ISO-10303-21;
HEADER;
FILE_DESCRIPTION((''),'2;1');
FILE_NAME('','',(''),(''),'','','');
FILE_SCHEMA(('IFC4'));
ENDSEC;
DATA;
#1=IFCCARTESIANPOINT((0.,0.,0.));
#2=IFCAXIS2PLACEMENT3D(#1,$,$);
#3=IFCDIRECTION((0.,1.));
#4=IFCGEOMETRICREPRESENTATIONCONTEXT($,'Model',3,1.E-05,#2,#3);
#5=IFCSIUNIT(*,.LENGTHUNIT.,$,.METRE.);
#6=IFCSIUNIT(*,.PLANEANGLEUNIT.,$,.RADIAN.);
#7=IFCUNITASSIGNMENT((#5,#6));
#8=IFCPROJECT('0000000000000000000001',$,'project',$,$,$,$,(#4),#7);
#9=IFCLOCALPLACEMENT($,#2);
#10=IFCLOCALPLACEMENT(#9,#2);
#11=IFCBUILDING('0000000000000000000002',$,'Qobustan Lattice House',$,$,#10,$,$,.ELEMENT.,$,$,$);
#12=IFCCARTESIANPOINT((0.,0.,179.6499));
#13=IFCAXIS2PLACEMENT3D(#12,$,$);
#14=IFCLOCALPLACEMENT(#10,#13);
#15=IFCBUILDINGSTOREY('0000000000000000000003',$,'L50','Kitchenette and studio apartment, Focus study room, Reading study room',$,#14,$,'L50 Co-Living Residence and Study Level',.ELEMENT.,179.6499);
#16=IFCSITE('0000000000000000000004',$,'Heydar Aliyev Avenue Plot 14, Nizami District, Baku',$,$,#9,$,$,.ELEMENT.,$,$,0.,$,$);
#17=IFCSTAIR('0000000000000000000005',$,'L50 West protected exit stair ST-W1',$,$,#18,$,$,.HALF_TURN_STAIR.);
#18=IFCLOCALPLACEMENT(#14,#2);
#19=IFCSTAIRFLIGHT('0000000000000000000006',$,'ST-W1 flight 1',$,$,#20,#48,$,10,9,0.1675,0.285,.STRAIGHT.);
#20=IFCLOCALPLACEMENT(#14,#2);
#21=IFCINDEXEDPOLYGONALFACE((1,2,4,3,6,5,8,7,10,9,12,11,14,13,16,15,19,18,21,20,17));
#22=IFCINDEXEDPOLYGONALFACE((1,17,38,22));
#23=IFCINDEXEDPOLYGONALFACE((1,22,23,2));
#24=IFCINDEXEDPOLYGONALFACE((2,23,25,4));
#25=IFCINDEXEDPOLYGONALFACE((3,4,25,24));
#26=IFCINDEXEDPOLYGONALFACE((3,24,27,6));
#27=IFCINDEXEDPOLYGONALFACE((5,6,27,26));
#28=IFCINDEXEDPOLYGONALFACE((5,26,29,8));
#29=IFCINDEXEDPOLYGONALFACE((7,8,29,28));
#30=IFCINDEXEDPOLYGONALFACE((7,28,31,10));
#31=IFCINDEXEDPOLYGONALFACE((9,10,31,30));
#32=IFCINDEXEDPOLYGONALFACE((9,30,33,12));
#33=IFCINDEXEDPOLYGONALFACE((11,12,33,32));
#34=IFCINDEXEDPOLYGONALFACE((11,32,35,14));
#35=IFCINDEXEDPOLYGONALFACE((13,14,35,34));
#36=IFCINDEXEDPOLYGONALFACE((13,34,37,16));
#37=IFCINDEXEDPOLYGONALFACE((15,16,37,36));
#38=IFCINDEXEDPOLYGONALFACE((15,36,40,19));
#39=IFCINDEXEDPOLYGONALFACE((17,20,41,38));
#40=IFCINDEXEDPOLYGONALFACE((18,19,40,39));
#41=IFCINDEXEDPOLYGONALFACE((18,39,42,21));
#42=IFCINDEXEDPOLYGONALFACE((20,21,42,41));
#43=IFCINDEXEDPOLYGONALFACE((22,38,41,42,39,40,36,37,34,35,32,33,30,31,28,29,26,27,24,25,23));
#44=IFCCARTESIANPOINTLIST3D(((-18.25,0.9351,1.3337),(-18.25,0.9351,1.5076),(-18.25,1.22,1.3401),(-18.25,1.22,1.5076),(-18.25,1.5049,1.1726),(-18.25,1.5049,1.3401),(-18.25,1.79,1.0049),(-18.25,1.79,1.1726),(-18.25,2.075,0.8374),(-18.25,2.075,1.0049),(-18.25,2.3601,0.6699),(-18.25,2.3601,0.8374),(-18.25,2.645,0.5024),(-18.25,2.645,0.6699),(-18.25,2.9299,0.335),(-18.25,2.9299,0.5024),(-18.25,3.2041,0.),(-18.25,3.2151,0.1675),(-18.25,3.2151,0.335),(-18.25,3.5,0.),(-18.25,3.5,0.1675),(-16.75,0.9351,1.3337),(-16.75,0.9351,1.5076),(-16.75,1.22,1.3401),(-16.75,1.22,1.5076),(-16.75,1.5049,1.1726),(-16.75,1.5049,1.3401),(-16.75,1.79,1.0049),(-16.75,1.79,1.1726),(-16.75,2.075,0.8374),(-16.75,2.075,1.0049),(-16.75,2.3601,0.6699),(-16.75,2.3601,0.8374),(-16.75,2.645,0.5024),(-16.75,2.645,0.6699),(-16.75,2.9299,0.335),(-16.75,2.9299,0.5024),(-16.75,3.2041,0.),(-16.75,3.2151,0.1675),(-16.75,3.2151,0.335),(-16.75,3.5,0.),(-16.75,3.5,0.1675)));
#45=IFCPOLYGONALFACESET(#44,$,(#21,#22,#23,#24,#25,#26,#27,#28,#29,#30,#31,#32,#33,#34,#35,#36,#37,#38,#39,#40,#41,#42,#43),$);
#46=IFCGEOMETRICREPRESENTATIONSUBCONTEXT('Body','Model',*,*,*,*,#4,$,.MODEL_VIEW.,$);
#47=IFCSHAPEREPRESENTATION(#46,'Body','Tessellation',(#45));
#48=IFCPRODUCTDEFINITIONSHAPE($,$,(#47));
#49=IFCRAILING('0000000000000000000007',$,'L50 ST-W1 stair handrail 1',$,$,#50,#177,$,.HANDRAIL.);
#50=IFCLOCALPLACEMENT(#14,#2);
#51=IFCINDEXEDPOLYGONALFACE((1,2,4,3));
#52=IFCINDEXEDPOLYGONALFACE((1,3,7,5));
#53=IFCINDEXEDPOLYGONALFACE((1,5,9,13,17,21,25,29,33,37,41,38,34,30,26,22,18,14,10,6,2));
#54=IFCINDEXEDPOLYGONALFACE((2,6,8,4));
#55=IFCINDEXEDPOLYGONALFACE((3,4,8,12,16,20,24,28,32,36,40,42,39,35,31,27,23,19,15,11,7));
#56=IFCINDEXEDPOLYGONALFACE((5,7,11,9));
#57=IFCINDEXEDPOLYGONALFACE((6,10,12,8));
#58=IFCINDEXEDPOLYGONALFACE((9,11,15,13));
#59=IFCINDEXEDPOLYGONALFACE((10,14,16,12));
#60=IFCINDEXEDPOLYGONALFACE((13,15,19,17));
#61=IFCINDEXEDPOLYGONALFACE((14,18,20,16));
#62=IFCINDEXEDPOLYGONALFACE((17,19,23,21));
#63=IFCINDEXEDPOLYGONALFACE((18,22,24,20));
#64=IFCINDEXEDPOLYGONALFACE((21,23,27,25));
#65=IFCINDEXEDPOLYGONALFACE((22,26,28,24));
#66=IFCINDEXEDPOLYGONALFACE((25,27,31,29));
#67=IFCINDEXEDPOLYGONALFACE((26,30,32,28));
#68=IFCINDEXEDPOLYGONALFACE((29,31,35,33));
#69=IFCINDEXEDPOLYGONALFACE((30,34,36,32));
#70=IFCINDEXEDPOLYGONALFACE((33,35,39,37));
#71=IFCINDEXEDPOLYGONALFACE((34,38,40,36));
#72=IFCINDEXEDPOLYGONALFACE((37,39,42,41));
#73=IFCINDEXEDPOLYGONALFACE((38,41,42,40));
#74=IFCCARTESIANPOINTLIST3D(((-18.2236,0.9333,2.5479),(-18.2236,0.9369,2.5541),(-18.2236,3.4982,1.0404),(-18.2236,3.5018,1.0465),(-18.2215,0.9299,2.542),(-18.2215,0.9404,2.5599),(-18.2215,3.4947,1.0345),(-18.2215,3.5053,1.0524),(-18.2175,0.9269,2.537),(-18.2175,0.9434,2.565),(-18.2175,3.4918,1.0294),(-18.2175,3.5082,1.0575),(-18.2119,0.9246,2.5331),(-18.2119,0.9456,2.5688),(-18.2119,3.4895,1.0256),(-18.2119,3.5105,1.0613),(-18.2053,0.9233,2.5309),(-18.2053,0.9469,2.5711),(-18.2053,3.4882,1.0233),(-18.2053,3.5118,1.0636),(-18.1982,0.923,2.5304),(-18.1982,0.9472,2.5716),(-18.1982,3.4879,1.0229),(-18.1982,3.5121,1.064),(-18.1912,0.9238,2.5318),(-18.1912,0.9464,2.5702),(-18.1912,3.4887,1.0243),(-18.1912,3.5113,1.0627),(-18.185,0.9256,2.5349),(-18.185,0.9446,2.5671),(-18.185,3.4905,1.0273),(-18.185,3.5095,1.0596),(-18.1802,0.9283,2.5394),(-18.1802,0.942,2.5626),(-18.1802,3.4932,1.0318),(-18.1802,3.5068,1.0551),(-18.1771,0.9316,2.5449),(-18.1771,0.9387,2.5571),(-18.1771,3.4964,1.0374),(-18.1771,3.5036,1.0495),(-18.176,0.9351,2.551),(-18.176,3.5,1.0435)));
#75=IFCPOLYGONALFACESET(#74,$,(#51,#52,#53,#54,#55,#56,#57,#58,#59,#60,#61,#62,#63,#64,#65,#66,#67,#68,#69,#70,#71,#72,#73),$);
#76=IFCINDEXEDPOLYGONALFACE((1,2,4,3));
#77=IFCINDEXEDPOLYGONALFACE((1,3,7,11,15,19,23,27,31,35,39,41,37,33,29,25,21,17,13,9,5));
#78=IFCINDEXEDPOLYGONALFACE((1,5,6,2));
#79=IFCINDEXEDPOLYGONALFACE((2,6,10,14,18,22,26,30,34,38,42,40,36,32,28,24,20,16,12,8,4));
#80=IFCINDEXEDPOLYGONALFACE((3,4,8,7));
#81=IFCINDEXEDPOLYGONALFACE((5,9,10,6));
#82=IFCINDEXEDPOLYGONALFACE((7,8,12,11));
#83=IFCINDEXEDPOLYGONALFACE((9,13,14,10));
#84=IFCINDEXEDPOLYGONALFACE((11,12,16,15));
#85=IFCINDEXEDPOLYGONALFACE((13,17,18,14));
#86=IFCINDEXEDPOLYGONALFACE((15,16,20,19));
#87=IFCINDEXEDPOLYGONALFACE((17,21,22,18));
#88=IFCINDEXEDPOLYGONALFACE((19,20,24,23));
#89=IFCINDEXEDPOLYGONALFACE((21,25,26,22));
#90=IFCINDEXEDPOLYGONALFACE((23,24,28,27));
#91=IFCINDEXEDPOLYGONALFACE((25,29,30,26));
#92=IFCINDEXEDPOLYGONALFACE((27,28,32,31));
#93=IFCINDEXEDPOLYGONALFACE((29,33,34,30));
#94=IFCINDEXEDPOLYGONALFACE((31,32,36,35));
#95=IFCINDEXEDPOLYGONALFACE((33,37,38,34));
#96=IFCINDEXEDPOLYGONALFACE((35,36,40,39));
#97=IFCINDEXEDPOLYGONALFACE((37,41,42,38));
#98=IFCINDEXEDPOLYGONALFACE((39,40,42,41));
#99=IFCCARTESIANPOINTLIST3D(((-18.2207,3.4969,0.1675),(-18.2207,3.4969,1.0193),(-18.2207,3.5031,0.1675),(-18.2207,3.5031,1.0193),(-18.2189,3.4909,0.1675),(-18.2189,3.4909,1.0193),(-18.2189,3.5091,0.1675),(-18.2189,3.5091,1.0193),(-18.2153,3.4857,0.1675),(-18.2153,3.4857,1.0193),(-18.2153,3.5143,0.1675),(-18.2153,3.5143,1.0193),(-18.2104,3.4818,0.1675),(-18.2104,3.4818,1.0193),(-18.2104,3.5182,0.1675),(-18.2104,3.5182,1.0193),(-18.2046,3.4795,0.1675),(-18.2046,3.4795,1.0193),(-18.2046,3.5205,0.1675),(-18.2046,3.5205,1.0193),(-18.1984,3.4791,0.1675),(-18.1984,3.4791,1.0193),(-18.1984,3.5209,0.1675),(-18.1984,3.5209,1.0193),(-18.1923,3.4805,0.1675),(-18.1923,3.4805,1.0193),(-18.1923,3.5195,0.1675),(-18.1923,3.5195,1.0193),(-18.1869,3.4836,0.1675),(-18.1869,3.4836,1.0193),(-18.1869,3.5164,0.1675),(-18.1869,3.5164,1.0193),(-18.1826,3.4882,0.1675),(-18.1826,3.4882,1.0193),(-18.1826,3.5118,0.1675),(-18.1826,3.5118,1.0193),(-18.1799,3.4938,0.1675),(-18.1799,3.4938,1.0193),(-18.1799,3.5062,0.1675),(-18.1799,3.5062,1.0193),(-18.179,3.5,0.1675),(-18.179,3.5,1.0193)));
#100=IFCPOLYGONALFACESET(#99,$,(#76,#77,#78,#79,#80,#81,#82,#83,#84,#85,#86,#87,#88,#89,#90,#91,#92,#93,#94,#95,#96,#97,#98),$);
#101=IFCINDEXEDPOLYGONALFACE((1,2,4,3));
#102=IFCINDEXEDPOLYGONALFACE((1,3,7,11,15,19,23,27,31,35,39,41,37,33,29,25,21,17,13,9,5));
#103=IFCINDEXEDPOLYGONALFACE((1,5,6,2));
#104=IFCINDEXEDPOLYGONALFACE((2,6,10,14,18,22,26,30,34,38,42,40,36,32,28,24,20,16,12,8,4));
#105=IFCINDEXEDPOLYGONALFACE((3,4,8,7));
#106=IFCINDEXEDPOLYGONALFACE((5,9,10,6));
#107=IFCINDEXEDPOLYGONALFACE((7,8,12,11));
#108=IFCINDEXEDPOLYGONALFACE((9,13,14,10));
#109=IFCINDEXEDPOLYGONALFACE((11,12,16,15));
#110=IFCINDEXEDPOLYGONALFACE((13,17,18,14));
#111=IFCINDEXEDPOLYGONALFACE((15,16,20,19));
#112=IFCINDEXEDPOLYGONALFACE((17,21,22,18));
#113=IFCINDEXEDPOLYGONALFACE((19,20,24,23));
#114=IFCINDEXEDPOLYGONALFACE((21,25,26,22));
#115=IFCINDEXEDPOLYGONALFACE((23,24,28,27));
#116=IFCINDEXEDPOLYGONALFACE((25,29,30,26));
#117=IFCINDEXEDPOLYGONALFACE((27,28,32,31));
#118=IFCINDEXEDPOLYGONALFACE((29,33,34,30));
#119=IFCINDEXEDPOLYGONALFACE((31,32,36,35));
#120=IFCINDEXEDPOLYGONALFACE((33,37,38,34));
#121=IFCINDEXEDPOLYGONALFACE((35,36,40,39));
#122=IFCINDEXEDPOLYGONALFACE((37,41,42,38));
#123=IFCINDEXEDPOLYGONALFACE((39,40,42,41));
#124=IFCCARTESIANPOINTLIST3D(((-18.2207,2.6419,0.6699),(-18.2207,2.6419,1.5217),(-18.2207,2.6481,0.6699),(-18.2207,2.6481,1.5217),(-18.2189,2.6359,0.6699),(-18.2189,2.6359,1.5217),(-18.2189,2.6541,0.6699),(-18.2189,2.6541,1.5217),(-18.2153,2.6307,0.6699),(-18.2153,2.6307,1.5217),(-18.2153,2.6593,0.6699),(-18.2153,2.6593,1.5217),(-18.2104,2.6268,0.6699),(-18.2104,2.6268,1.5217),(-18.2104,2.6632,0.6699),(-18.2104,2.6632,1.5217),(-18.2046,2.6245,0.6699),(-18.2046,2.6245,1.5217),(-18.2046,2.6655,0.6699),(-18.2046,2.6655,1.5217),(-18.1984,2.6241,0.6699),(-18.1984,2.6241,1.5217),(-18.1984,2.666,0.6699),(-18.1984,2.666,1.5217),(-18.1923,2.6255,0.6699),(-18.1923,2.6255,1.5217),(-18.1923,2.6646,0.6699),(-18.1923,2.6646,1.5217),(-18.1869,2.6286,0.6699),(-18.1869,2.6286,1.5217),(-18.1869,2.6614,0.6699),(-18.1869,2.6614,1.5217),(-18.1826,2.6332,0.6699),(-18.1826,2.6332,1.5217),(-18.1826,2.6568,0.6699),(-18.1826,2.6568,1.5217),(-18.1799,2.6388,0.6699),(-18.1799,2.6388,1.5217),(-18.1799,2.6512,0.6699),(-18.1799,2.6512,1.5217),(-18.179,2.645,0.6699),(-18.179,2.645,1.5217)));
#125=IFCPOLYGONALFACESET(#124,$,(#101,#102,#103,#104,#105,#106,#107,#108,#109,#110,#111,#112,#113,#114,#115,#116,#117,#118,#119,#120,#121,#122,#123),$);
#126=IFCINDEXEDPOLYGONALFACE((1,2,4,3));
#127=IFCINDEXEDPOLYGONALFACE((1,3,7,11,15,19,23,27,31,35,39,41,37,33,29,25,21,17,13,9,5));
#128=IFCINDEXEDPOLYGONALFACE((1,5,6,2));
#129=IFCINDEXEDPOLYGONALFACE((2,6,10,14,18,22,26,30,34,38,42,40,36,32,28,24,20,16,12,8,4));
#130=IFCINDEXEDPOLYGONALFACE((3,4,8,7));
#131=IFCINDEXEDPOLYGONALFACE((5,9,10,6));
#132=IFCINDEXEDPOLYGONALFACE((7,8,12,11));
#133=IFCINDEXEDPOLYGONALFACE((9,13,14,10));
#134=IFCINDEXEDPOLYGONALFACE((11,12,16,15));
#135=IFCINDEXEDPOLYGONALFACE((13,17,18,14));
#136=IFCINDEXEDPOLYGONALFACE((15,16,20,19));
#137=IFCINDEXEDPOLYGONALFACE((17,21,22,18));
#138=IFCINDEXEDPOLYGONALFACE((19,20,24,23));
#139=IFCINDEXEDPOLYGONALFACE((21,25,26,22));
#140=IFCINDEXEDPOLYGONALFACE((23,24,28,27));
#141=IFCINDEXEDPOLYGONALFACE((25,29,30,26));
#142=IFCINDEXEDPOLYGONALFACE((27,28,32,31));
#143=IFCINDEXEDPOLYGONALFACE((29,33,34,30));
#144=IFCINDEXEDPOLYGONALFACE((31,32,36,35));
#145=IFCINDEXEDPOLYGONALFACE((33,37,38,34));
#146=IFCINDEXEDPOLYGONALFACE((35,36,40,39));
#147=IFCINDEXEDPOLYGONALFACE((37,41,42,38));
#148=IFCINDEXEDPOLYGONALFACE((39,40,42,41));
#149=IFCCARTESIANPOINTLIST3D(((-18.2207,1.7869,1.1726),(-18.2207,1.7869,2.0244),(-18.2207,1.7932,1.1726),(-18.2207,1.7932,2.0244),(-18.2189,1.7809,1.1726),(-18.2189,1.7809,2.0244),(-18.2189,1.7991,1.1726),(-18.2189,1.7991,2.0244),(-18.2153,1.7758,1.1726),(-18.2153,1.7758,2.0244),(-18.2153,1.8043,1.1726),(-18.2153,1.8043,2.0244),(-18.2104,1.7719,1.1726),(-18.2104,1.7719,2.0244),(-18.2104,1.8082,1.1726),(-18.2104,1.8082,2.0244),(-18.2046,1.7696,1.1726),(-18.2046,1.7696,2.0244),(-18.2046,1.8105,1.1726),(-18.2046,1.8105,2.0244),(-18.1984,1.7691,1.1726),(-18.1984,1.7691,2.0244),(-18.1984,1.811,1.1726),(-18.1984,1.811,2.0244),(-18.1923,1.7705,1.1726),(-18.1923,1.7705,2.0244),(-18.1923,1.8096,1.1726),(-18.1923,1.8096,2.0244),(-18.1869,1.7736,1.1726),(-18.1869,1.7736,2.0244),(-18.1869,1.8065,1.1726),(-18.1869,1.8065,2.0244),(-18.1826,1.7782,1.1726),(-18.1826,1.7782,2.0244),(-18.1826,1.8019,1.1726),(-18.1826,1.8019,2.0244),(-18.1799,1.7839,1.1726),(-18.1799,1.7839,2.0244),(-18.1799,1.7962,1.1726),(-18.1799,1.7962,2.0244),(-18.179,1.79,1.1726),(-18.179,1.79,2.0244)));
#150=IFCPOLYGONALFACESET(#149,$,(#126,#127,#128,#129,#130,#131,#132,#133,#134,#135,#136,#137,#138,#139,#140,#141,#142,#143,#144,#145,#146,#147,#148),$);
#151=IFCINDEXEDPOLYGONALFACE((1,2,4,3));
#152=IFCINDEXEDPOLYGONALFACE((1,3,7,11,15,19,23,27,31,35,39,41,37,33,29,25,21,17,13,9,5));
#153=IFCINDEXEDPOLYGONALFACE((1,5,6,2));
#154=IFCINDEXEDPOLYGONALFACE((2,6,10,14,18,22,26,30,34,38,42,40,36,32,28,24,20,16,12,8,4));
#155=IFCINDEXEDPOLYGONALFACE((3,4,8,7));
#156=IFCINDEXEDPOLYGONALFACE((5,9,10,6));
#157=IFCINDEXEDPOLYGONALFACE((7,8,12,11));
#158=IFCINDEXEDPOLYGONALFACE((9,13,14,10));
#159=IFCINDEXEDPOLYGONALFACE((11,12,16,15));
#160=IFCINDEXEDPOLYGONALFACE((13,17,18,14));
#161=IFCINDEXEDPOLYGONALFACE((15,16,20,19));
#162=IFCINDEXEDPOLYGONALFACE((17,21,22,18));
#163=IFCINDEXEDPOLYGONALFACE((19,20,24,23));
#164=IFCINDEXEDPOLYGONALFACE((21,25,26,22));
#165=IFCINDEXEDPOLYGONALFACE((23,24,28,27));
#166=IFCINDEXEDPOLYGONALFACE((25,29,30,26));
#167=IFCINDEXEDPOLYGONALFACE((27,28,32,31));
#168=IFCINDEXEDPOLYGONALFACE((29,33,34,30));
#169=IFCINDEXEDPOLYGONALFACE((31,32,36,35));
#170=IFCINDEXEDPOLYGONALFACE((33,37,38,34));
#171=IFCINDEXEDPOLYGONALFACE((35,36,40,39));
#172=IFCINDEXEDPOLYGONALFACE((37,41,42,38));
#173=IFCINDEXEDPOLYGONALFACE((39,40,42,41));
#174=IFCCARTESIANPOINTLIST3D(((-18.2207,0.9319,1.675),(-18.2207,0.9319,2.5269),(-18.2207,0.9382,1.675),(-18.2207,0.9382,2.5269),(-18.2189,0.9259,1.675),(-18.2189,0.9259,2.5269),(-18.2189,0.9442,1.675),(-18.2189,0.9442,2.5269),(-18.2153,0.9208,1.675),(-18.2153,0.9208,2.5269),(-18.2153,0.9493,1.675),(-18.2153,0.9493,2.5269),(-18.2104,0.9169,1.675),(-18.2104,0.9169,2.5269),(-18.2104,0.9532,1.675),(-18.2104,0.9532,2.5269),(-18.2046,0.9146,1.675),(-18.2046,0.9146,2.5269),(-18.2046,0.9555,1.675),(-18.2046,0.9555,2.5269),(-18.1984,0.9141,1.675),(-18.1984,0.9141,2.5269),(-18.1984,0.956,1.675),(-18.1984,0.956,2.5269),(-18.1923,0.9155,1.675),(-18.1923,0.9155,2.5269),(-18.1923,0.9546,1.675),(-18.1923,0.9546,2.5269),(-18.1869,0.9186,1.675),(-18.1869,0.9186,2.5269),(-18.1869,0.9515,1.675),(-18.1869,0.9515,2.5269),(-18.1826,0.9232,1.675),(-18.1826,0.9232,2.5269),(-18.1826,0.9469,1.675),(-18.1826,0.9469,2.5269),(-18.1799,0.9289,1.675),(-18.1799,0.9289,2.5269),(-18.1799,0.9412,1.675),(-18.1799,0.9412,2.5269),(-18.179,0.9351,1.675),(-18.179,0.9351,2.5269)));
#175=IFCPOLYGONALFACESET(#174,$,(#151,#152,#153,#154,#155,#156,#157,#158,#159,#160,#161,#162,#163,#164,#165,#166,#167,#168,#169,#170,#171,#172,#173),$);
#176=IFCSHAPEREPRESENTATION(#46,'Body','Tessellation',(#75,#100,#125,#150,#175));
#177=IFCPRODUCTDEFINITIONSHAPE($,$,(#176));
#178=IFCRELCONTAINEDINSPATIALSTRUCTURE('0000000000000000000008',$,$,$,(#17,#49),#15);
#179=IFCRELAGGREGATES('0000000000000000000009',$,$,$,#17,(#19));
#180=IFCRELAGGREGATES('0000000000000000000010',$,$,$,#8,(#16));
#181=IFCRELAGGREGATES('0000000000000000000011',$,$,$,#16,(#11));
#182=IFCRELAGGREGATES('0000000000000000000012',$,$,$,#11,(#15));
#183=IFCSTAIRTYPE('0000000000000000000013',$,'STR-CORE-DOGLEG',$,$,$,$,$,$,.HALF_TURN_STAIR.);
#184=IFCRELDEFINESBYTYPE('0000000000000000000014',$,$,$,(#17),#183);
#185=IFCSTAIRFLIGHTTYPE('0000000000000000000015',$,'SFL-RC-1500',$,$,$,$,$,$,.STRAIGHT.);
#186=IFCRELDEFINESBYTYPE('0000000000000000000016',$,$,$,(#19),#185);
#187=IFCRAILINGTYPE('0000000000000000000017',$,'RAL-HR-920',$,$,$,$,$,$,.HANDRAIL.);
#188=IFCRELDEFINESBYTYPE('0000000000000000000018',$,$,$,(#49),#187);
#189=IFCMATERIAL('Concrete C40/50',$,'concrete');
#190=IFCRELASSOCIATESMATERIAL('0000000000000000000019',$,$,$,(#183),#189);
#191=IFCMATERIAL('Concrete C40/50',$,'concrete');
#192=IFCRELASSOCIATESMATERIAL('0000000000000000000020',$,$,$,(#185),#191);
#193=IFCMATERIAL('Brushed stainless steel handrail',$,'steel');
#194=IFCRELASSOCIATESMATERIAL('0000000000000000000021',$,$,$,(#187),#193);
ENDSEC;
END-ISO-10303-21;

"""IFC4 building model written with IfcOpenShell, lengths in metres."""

from ifc_helpers import new_model, si_unit, direction, frame, origin, origin_2d, place, context, subcontext, project, spatial, polyline, circle, outline, extrude, material, type_object, element, aggregate, save


model = new_model("IFC4")

# Units and contexts
model_context = context("Model", 3, precision=1e-05, world=origin(), true_north=direction((0.0, 1.0)))
body_context = subcontext(model_context, "Body", "Model", "MODEL_VIEW")
ifc_project = project(units=[si_unit("LENGTHUNIT", "METRE"), si_unit("PLANEANGLEUNIT", "RADIAN")], contexts=[model_context])

# Site, building, storey
site_placement = place(None, origin())
site = spatial("IfcSite", under=ifc_project, at=site_placement, Name="Heydar Aliyev Avenue Plot 14, Nizami District, Baku", CompositionType="ELEMENT", RefElevation=0.0)
building_placement = place(site_placement, origin())
building = spatial("IfcBuilding", under=site, at=building_placement, Name="Qobustan Lattice House", CompositionType="ELEMENT")
storey_placement = place(building_placement, frame((0.0, 0.0, 179.6499)))
storey = spatial("IfcBuildingStorey", under=building, at=storey_placement, Name="L50", Description="Kitchenette and studio apartment, Focus study room, Reading study room", LongName="L50 Co-Living Residence and Study Level", CompositionType="ELEMENT", Elevation=179.6499)

# Stair, stair flight
ifc_material_1 = material(Name="Concrete C40/50", Category="concrete")
stair_type = type_object("IfcStairType", Name="STR-CORE-DOGLEG", PredefinedType="HALF_TURN_STAIR", material=ifc_material_1)
stair_placement = place(storey_placement, origin())
stair = element("IfcStair", 1, at=stair_placement, inside=storey, type_object=stair_type, Name="L50 West protected exit stair ST-W1", PredefinedType="HALF_TURN_STAIR")
ifc_material_2 = material(Name="Concrete C40/50", Category="concrete")
stair_flight_type = type_object("IfcStairFlightType", Name="SFL-RC-1500", PredefinedType="STRAIGHT", material=ifc_material_2)
stair_flight_placement = place(storey_placement, frame((-17.5, 3.5, 0.0), z_axis=(0.0, 0.0, 1.0), x_axis=(0.0, -1.0, 0.0)))
stair_flight = element("IfcStairFlight", 2, at=stair_flight_placement, type_object=stair_flight_type, Name="ST-W1 flight 1", NumberOfRisers=10, NumberOfTreads=9, PredefinedType="STRAIGHT", RiserHeight=0.1675, TreadLength=0.285, context=body_context, shape_type="SweptSolid", body=[
    extrude(outline(polyline([(0.0, 0.0), (0.0, 0.1675), (0.2849, 0.1675), (0.2849, 0.335), (0.5701, 0.335), (0.5701, 0.5024), (0.855, 0.5024), (0.855, 0.6699), (1.1399, 0.6699), (1.1399, 0.8374), (1.425, 0.8374), (1.425, 1.0049), (1.71, 1.0049), (1.71, 1.1726), (1.9951, 1.1726), (1.9951, 1.3401), (2.28, 1.3401), (2.28, 1.5076), (2.5649, 1.5076), (2.5649, 1.675), (2.5649, 1.3337), (0.2959, 0.0), (0.0, 0.0)])), frame((0.0, 0.75, 0.0), z_axis=(0.0, -1.0, 0.0), x_axis=(1.0, 0.0, 0.0)), (0.0, 0.0, 1.0), 1.5),
])
aggregate(stair, [stair_flight])

# Railing
ifc_material_3 = material(Name="Brushed stainless steel handrail", Category="steel")
railing_type_1 = type_object("IfcRailingType", Name="RAL-HR-920", PredefinedType="HANDRAIL", material=ifc_material_3)
railing_1_placement = place(storey_placement, frame((-18.2, 3.5, 0.1675)))
element("IfcRailing", 3, at=railing_1_placement, inside=storey, type_object=railing_type_1, Name="L50 ST-W1 stair handrail 1", PredefinedType="HANDRAIL", context=body_context, shape_type="SweptSolid", body=[
    extrude(circle(Radius=0.0239, at=origin_2d()), frame((0.0, 0.0, 0.876), z_axis=(0.0, -0.862113, 0.506715), x_axis=(1.0, 0.0, 0.0)), (0.0, 0.0, 1.0), 2.9751),
    extrude(circle(Radius=0.021, at=origin_2d()), origin(), (0.0, 0.0, 1.0), 0.8518),
    extrude(circle(Radius=0.021, at=origin_2d()), frame((0.0, -0.855, 0.5024)), (0.0, 0.0, 1.0), 0.8518),
    extrude(circle(Radius=0.021, at=origin_2d()), frame((0.0, -1.71, 1.0051)), (0.0, 0.0, 1.0), 0.8518),
    extrude(circle(Radius=0.021, at=origin_2d()), frame((0.0, -2.5649, 1.5076)), (0.0, 0.0, 1.0), 0.8518),
])

save(model, "model.ifc")
